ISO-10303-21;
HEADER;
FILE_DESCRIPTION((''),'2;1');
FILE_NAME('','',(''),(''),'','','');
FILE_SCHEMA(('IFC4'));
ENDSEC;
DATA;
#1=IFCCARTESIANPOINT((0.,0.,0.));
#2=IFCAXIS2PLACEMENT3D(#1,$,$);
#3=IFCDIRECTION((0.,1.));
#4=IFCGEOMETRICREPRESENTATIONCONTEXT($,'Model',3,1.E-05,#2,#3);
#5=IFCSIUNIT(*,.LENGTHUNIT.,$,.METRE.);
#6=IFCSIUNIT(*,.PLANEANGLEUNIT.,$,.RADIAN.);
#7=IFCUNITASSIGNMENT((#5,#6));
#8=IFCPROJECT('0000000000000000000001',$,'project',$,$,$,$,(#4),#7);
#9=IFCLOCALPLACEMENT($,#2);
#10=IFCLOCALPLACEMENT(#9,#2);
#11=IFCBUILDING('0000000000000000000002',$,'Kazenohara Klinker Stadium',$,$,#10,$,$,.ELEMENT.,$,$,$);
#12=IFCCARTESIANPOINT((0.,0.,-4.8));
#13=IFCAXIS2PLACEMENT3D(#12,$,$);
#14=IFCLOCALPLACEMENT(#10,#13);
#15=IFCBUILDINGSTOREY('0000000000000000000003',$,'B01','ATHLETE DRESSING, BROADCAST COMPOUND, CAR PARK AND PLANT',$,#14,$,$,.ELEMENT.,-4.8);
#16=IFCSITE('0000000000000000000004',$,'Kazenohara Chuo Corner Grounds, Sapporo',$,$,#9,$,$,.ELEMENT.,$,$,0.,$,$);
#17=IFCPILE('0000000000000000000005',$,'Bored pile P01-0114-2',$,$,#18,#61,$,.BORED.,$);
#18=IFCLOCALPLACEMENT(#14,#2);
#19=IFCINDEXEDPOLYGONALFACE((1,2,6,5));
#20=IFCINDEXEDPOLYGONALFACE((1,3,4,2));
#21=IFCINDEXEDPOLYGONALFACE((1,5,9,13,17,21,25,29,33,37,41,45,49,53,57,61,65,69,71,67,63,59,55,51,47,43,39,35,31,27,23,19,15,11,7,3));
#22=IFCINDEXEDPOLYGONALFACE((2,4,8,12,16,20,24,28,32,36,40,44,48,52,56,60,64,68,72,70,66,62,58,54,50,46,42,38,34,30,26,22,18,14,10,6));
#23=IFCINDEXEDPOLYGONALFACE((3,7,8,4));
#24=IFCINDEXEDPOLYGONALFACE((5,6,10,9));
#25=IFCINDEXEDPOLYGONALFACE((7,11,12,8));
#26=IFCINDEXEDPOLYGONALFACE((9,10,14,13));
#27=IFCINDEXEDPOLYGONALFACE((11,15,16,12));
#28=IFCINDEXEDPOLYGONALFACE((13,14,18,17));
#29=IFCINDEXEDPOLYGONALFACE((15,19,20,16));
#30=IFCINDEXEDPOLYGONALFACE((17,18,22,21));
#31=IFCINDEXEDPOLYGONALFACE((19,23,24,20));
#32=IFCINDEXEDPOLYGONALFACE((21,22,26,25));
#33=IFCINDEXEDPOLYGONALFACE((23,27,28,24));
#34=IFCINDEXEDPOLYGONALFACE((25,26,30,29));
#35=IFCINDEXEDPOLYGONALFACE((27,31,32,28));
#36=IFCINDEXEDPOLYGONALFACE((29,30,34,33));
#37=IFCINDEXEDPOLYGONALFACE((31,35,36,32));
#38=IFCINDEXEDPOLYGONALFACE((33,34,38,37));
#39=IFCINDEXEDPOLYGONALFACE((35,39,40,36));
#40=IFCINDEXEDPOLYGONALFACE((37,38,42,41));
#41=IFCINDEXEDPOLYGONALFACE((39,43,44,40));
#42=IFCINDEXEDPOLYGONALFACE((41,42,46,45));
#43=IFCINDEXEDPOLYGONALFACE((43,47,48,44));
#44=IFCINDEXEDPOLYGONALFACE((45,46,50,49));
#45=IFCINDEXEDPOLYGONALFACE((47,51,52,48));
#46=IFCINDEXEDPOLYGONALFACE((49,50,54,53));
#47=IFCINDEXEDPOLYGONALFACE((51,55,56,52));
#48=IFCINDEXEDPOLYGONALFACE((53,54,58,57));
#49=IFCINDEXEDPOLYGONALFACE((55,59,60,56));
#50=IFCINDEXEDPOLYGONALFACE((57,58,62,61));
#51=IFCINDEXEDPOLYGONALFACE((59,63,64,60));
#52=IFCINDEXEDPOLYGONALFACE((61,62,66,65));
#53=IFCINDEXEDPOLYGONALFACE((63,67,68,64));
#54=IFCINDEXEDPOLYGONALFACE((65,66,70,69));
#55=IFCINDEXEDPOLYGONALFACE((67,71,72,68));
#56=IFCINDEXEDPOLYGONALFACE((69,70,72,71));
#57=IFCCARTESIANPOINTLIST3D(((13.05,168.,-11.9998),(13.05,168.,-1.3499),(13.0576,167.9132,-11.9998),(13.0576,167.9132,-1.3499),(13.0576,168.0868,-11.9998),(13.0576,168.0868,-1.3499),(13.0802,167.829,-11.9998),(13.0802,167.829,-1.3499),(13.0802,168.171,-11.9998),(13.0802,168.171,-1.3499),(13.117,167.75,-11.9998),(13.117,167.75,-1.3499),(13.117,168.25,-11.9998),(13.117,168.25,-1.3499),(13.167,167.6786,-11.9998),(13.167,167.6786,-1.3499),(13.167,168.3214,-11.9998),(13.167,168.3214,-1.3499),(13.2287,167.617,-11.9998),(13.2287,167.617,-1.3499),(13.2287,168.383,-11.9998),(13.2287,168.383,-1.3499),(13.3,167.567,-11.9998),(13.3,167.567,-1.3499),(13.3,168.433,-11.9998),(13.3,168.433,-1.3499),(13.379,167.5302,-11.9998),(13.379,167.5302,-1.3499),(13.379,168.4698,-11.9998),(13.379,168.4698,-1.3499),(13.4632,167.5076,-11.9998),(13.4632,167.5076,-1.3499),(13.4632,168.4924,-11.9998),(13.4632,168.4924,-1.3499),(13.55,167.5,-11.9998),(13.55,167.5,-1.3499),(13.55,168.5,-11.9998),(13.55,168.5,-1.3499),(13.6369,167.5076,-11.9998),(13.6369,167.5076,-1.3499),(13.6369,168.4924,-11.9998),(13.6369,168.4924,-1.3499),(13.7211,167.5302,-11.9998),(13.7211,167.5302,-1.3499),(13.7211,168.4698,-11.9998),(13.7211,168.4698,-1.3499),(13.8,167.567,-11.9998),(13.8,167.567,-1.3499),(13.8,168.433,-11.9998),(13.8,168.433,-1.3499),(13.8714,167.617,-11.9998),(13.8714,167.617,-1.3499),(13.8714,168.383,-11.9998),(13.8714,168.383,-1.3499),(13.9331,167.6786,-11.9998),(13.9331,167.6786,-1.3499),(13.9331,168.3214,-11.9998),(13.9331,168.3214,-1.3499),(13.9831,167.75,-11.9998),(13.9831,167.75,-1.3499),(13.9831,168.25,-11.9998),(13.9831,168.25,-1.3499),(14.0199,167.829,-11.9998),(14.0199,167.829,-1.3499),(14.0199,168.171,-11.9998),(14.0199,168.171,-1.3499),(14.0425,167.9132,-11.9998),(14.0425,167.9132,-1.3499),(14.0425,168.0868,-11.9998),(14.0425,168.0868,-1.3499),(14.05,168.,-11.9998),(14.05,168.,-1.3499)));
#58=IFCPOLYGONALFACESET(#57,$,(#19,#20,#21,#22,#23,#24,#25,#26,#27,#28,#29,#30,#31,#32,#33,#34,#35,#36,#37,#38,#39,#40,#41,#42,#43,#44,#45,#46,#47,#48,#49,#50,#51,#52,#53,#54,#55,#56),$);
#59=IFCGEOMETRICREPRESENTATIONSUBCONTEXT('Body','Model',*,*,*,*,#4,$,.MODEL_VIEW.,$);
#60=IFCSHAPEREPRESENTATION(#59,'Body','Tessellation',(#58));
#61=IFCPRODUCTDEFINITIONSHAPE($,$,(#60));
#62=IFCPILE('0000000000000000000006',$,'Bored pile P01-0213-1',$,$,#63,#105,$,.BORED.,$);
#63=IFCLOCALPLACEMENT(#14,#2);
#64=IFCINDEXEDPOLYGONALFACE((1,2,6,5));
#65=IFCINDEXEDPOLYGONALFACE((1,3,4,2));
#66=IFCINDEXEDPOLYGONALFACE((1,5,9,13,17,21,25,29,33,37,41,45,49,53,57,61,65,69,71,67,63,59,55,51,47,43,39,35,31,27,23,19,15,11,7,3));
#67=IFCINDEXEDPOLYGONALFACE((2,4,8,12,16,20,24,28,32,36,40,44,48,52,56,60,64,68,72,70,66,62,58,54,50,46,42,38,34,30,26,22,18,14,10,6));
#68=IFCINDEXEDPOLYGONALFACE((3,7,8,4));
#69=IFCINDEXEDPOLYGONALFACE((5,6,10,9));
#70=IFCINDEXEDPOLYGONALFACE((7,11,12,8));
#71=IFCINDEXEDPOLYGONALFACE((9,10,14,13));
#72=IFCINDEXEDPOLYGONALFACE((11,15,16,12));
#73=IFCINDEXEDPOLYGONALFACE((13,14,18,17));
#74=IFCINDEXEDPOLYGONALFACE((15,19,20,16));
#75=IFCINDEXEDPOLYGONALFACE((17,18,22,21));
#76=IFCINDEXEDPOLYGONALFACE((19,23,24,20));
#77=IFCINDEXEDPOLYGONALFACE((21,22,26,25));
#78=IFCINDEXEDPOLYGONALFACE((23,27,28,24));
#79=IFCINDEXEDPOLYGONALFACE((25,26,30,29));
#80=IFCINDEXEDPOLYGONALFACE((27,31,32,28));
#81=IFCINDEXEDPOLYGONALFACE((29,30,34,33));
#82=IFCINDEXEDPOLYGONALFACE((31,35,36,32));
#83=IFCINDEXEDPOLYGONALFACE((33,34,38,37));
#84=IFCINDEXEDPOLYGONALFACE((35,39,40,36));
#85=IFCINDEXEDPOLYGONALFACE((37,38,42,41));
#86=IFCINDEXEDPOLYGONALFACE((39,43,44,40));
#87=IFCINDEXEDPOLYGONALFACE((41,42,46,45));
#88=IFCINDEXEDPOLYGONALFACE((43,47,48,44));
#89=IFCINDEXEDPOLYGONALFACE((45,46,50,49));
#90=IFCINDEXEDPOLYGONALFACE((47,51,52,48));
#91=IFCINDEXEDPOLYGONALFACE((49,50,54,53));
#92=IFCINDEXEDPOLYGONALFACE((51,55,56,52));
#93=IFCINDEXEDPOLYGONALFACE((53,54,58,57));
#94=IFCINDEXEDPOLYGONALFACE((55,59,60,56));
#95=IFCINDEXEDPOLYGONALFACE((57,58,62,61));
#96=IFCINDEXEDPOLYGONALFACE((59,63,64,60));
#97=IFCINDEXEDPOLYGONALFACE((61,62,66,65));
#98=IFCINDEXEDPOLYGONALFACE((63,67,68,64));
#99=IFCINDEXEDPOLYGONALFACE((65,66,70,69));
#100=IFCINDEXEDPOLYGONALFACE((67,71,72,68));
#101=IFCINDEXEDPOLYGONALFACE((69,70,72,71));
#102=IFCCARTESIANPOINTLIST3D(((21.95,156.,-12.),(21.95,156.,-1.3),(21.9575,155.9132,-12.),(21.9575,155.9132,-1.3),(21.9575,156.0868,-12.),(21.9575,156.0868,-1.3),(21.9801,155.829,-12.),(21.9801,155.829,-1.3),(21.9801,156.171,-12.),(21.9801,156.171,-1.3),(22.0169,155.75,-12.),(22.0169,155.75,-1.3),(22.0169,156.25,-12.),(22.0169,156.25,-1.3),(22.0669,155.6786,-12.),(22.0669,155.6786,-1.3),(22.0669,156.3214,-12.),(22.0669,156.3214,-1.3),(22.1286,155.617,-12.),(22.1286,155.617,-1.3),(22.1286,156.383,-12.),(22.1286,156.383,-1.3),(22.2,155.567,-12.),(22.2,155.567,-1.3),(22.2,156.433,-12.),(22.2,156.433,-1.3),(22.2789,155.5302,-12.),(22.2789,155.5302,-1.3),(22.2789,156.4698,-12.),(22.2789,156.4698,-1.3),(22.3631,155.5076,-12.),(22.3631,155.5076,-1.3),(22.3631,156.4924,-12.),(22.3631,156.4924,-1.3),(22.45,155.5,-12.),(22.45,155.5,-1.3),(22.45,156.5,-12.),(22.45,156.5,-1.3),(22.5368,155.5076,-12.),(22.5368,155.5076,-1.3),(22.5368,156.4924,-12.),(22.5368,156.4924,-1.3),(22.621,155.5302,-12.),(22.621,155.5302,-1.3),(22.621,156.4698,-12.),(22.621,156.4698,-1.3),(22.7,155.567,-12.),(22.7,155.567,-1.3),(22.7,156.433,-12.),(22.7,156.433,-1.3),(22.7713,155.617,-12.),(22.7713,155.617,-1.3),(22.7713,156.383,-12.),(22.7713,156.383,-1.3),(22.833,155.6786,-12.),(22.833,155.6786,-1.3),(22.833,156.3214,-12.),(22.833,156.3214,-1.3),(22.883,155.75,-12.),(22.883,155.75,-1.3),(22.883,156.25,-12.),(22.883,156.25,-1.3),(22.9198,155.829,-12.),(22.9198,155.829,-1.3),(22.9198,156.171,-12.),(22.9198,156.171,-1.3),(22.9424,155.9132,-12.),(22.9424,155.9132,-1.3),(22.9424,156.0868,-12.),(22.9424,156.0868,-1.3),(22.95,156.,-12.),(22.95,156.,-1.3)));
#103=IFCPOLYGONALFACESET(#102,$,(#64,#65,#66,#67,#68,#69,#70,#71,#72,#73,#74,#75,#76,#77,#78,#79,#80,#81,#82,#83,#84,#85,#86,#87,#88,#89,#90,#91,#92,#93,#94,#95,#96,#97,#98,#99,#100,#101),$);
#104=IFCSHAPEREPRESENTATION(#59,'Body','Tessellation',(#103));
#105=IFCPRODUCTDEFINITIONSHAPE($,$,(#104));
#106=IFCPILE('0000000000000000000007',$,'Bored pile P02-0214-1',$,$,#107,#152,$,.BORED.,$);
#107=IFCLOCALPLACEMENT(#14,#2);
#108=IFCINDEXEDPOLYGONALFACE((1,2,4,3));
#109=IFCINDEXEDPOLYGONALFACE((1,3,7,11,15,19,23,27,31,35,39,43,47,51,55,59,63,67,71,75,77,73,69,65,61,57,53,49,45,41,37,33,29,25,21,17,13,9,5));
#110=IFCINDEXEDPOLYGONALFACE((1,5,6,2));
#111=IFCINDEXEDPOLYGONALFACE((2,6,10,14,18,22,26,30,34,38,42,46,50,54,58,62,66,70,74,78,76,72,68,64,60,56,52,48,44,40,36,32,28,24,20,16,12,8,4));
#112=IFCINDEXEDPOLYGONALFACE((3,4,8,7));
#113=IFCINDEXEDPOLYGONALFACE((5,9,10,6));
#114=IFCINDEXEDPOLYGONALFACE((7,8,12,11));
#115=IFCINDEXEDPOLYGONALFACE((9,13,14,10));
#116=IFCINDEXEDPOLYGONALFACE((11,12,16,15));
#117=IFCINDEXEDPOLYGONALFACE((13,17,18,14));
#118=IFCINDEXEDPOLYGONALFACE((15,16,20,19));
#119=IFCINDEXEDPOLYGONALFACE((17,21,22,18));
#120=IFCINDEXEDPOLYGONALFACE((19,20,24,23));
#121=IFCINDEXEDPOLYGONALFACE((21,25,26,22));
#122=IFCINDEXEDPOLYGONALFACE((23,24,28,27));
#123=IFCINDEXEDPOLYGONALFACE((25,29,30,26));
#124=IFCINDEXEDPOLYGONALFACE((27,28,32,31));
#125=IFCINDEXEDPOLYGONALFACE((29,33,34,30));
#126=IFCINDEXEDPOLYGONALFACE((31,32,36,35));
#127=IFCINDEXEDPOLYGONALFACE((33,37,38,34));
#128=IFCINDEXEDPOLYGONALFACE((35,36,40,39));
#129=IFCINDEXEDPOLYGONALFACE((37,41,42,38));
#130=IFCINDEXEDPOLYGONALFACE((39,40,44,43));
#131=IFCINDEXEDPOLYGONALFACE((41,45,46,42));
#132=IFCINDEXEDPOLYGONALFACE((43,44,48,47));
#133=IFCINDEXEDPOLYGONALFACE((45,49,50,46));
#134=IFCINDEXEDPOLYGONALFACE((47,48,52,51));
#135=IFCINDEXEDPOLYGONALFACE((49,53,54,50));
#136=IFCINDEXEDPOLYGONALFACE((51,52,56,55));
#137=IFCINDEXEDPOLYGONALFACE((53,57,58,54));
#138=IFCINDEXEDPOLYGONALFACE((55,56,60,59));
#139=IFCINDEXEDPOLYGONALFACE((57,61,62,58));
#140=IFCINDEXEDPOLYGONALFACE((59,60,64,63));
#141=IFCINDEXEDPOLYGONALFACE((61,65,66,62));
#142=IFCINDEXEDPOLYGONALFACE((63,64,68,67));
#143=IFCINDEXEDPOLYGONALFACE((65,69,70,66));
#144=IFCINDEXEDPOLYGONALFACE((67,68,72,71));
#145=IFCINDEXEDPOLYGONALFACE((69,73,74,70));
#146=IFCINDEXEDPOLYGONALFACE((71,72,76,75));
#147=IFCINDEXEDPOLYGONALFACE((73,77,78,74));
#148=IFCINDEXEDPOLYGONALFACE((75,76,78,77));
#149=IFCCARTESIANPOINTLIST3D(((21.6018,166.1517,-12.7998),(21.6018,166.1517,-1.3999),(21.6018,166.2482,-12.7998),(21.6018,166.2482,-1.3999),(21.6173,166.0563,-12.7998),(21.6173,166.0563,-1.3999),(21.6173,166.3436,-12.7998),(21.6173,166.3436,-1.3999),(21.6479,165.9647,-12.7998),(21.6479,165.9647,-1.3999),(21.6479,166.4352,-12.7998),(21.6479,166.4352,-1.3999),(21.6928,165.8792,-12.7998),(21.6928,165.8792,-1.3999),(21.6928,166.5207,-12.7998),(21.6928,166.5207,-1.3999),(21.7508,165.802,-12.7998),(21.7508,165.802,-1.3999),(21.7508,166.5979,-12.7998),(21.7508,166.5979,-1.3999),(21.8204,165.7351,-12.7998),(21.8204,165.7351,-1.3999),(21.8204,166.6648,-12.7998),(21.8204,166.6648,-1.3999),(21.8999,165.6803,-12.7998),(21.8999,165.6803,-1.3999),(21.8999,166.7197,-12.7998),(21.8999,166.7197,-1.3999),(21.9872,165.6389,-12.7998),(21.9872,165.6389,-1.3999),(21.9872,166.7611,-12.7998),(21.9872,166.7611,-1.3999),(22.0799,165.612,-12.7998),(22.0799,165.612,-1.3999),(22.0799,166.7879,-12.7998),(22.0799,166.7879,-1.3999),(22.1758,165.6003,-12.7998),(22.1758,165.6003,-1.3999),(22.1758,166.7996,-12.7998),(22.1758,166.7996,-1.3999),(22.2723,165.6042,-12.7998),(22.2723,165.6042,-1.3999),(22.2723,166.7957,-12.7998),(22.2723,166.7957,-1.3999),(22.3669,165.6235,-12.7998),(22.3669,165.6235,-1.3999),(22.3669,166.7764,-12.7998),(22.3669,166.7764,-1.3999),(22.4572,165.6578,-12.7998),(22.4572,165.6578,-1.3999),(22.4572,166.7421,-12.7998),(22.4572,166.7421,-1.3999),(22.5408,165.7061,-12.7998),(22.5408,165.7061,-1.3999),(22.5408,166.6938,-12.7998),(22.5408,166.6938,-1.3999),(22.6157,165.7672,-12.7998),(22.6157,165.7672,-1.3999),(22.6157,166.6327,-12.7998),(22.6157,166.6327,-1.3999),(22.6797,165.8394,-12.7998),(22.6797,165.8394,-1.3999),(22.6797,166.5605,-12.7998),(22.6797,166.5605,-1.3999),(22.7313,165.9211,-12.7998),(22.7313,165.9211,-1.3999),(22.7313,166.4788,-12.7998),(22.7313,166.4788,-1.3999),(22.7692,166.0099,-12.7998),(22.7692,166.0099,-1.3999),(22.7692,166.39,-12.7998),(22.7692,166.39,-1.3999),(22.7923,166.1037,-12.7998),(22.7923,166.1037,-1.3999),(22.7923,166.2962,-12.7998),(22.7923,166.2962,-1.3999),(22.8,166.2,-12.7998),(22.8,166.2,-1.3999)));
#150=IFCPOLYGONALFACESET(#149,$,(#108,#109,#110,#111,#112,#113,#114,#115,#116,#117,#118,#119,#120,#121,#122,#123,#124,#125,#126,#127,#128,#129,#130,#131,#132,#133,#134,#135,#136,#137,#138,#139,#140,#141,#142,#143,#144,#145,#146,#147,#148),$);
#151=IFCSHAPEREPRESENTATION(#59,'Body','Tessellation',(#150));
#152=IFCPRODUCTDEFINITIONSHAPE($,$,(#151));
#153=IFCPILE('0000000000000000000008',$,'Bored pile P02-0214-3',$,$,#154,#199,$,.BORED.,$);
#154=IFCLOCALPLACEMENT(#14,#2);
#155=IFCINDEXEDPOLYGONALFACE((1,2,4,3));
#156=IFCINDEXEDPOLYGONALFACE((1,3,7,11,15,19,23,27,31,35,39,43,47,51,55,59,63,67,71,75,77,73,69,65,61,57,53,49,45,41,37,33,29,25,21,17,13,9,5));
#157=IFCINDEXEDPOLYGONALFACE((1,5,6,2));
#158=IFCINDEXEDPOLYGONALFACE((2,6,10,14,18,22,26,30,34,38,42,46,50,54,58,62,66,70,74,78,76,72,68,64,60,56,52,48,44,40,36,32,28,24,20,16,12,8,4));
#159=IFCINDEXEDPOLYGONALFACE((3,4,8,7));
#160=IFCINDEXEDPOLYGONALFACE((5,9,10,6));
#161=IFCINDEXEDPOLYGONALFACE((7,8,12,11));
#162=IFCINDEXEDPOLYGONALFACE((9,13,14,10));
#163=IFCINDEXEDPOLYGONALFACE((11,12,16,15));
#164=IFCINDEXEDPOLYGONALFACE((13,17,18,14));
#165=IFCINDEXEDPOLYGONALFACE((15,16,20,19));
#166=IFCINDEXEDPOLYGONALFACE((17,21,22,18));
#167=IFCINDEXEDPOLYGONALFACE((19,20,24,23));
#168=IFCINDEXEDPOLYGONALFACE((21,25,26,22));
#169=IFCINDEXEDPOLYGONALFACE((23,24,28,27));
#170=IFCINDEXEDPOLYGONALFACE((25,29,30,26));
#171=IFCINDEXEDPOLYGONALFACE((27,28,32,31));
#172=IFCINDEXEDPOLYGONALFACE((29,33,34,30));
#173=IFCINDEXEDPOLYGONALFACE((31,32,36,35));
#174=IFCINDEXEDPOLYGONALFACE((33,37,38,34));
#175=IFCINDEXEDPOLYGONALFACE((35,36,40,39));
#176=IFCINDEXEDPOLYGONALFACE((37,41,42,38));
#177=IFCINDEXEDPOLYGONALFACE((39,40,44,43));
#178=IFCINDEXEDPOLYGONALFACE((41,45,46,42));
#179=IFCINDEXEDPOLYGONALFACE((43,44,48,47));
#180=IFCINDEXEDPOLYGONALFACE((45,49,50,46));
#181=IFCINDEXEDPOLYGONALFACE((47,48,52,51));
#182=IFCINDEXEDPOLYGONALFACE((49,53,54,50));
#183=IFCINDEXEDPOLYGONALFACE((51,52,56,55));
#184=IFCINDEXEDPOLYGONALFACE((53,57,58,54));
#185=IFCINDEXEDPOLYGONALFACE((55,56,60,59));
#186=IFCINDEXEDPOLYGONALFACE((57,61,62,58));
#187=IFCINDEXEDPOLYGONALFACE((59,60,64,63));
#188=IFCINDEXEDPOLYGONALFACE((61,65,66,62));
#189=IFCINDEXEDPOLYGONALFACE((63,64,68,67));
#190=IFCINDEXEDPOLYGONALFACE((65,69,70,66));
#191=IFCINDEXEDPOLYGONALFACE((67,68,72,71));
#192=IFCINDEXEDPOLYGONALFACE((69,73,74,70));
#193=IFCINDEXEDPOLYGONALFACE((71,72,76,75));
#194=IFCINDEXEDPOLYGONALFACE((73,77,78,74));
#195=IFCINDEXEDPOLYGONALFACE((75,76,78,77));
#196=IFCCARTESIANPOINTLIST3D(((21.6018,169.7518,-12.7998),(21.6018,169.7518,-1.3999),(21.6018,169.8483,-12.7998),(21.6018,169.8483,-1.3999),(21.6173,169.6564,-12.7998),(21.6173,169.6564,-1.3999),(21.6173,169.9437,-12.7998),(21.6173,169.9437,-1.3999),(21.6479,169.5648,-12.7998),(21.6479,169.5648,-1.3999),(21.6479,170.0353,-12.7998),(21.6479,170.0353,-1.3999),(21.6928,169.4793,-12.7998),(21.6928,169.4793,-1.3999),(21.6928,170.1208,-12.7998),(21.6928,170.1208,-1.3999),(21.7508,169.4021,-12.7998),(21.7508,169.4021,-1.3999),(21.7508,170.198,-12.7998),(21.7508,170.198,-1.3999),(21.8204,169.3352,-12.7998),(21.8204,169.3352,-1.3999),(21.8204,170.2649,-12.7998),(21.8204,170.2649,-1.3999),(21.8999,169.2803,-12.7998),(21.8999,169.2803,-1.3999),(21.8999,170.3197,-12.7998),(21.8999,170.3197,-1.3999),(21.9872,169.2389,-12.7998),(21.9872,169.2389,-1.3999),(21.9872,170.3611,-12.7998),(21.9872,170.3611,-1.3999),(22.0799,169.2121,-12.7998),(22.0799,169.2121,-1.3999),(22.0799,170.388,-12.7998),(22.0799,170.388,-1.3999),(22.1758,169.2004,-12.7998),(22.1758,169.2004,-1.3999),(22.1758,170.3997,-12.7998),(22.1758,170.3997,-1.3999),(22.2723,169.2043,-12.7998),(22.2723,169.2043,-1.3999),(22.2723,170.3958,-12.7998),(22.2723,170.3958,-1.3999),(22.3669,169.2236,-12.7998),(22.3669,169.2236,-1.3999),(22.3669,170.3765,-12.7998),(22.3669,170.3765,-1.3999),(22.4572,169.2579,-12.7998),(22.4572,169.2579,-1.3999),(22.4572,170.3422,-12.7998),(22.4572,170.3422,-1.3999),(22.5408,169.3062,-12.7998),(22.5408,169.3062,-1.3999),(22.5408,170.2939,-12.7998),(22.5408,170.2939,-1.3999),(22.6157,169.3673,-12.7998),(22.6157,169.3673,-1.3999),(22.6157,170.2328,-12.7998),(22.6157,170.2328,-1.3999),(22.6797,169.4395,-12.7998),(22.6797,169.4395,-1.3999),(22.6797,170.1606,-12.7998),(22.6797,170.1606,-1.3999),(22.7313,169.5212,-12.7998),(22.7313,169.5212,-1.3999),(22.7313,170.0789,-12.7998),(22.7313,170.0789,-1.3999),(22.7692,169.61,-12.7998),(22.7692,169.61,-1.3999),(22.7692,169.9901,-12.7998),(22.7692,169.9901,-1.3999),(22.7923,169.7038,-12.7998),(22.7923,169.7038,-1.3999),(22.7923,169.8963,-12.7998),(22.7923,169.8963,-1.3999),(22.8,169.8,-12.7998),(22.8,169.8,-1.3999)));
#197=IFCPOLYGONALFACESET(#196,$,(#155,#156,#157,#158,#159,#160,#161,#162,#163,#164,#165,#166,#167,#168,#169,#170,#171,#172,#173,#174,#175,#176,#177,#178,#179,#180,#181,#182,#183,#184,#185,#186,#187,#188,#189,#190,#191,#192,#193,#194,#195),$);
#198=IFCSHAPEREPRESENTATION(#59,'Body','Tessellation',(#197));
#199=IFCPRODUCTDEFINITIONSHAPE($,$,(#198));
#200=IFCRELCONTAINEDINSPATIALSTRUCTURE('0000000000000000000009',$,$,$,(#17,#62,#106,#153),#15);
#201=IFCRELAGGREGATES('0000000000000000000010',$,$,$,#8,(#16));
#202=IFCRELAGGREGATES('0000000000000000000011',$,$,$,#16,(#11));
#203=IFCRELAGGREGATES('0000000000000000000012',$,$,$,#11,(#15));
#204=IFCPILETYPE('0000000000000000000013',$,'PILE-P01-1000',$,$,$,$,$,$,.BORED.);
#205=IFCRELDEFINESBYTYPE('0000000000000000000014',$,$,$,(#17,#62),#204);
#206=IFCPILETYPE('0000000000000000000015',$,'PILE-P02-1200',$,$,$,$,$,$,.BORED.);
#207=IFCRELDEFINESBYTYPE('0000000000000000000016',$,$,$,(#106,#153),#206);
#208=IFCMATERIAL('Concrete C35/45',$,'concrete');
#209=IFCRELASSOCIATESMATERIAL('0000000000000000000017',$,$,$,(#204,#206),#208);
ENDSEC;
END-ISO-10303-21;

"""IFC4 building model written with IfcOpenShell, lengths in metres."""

from ifc_helpers import new_model, si_unit, direction, frame, origin, origin_2d, place, context, subcontext, project, spatial, circle, extrude, material, material_profile, profile_set, type_object, element, save


model = new_model("IFC4")

# Units and contexts
model_context = context("Model", 3, precision=1e-05, world=origin(), true_north=direction((0.0, 1.0)))
body_context = subcontext(model_context, "Body", "Model", "MODEL_VIEW")
ifc_project = project(units=[si_unit("LENGTHUNIT", "METRE"), si_unit("PLANEANGLEUNIT", "RADIAN")], contexts=[model_context])

# Site, building, storey
site_placement = place(None, origin())
site = spatial("IfcSite", under=ifc_project, at=site_placement, Name="Kazenohara Chuo Corner Grounds, Sapporo", CompositionType="ELEMENT", RefElevation=0.0)
building_placement = place(site_placement, origin())
building = spatial("IfcBuilding", under=site, at=building_placement, Name="Kazenohara Klinker Stadium", CompositionType="ELEMENT")
storey_placement = place(building_placement, frame((0.0, 0.0, -4.8)))
storey = spatial("IfcBuildingStorey", under=building, at=storey_placement, Name="B01", Description="ATHLETE DRESSING, BROADCAST COMPOUND, CAR PARK AND PLANT", CompositionType="ELEMENT", Elevation=-4.8)

# Shared definitions
ifc_material_1 = material(Name="Concrete C35/45", Category="concrete")

# Piles
ifc_material_profile_1 = material_profile(ifc_material_1, circle(Radius=0.5, at=origin_2d()), Name="BORED-PILE-1000")
ifc_profile_set_1 = profile_set([ifc_material_profile_1], Name="Concrete C35/45")
pile_type_1 = type_object("IfcPileType", Name="PILE-P01-1000", PredefinedType="BORED", material=ifc_profile_set_1)
for number, where, z_axis, x_axis, name in (
    (1, (13.55, 168.0, -1.3499), (0.0, 0.0, -1.0), (1.0, 0.0, 0.0), "Bored pile P01-0114-2"),
):
    element("IfcPile", number, at=place(storey_placement, frame(where, z_axis=z_axis, x_axis=x_axis)), inside=storey, type_object=pile_type_1, Name=name, PredefinedType="BORED", context=body_context, shape_type="SweptSolid", body=[
        extrude(circle(Radius=0.5, at=origin_2d()), origin(), (0.0, 0.0, 1.0), 10.6499),
    ])
pile_placement = place(storey_placement, frame((22.45, 156.0, -1.3), z_axis=(0.0, 0.0, -1.0), x_axis=(1.0, 0.0, 0.0)))
element("IfcPile", 2, at=pile_placement, inside=storey, type_object=pile_type_1, Name="Bored pile P01-0213-1", PredefinedType="BORED", context=body_context, shape_type="SweptSolid", body=[
    extrude(circle(Radius=0.5, at=origin_2d()), origin(), (0.0, 0.0, 1.0), 10.7),
])
ifc_material_profile_2 = material_profile(ifc_material_1, circle(Radius=0.6001, at=origin_2d()), Name="BORED-PILE-1200")
ifc_profile_set_2 = profile_set([ifc_material_profile_2], Name="Concrete C35/45")
pile_type_2 = type_object("IfcPileType", Name="PILE-P02-1200", PredefinedType="BORED", material=ifc_profile_set_2)
for number, where, z_axis, x_axis, name in (
    (3, (22.2, 166.2, -1.3999), (0.0, 0.0, -1.0), (1.0, 0.0, 0.0), "Bored pile P02-0214-1"),
    (4, (22.2, 169.8, -1.3999), (0.0, 0.0, -1.0), (1.0, 0.0, 0.0), "Bored pile P02-0214-3"),
):
    element("IfcPile", number, at=place(storey_placement, frame(where, z_axis=z_axis, x_axis=x_axis)), inside=storey, type_object=pile_type_2, Name=name, PredefinedType="BORED", context=body_context, shape_type="SweptSolid", body=[
        extrude(circle(Radius=0.6001, at=origin_2d()), origin(), (0.0, 0.0, 1.0), 11.3999),
    ])

save(model, "model.ifc")
